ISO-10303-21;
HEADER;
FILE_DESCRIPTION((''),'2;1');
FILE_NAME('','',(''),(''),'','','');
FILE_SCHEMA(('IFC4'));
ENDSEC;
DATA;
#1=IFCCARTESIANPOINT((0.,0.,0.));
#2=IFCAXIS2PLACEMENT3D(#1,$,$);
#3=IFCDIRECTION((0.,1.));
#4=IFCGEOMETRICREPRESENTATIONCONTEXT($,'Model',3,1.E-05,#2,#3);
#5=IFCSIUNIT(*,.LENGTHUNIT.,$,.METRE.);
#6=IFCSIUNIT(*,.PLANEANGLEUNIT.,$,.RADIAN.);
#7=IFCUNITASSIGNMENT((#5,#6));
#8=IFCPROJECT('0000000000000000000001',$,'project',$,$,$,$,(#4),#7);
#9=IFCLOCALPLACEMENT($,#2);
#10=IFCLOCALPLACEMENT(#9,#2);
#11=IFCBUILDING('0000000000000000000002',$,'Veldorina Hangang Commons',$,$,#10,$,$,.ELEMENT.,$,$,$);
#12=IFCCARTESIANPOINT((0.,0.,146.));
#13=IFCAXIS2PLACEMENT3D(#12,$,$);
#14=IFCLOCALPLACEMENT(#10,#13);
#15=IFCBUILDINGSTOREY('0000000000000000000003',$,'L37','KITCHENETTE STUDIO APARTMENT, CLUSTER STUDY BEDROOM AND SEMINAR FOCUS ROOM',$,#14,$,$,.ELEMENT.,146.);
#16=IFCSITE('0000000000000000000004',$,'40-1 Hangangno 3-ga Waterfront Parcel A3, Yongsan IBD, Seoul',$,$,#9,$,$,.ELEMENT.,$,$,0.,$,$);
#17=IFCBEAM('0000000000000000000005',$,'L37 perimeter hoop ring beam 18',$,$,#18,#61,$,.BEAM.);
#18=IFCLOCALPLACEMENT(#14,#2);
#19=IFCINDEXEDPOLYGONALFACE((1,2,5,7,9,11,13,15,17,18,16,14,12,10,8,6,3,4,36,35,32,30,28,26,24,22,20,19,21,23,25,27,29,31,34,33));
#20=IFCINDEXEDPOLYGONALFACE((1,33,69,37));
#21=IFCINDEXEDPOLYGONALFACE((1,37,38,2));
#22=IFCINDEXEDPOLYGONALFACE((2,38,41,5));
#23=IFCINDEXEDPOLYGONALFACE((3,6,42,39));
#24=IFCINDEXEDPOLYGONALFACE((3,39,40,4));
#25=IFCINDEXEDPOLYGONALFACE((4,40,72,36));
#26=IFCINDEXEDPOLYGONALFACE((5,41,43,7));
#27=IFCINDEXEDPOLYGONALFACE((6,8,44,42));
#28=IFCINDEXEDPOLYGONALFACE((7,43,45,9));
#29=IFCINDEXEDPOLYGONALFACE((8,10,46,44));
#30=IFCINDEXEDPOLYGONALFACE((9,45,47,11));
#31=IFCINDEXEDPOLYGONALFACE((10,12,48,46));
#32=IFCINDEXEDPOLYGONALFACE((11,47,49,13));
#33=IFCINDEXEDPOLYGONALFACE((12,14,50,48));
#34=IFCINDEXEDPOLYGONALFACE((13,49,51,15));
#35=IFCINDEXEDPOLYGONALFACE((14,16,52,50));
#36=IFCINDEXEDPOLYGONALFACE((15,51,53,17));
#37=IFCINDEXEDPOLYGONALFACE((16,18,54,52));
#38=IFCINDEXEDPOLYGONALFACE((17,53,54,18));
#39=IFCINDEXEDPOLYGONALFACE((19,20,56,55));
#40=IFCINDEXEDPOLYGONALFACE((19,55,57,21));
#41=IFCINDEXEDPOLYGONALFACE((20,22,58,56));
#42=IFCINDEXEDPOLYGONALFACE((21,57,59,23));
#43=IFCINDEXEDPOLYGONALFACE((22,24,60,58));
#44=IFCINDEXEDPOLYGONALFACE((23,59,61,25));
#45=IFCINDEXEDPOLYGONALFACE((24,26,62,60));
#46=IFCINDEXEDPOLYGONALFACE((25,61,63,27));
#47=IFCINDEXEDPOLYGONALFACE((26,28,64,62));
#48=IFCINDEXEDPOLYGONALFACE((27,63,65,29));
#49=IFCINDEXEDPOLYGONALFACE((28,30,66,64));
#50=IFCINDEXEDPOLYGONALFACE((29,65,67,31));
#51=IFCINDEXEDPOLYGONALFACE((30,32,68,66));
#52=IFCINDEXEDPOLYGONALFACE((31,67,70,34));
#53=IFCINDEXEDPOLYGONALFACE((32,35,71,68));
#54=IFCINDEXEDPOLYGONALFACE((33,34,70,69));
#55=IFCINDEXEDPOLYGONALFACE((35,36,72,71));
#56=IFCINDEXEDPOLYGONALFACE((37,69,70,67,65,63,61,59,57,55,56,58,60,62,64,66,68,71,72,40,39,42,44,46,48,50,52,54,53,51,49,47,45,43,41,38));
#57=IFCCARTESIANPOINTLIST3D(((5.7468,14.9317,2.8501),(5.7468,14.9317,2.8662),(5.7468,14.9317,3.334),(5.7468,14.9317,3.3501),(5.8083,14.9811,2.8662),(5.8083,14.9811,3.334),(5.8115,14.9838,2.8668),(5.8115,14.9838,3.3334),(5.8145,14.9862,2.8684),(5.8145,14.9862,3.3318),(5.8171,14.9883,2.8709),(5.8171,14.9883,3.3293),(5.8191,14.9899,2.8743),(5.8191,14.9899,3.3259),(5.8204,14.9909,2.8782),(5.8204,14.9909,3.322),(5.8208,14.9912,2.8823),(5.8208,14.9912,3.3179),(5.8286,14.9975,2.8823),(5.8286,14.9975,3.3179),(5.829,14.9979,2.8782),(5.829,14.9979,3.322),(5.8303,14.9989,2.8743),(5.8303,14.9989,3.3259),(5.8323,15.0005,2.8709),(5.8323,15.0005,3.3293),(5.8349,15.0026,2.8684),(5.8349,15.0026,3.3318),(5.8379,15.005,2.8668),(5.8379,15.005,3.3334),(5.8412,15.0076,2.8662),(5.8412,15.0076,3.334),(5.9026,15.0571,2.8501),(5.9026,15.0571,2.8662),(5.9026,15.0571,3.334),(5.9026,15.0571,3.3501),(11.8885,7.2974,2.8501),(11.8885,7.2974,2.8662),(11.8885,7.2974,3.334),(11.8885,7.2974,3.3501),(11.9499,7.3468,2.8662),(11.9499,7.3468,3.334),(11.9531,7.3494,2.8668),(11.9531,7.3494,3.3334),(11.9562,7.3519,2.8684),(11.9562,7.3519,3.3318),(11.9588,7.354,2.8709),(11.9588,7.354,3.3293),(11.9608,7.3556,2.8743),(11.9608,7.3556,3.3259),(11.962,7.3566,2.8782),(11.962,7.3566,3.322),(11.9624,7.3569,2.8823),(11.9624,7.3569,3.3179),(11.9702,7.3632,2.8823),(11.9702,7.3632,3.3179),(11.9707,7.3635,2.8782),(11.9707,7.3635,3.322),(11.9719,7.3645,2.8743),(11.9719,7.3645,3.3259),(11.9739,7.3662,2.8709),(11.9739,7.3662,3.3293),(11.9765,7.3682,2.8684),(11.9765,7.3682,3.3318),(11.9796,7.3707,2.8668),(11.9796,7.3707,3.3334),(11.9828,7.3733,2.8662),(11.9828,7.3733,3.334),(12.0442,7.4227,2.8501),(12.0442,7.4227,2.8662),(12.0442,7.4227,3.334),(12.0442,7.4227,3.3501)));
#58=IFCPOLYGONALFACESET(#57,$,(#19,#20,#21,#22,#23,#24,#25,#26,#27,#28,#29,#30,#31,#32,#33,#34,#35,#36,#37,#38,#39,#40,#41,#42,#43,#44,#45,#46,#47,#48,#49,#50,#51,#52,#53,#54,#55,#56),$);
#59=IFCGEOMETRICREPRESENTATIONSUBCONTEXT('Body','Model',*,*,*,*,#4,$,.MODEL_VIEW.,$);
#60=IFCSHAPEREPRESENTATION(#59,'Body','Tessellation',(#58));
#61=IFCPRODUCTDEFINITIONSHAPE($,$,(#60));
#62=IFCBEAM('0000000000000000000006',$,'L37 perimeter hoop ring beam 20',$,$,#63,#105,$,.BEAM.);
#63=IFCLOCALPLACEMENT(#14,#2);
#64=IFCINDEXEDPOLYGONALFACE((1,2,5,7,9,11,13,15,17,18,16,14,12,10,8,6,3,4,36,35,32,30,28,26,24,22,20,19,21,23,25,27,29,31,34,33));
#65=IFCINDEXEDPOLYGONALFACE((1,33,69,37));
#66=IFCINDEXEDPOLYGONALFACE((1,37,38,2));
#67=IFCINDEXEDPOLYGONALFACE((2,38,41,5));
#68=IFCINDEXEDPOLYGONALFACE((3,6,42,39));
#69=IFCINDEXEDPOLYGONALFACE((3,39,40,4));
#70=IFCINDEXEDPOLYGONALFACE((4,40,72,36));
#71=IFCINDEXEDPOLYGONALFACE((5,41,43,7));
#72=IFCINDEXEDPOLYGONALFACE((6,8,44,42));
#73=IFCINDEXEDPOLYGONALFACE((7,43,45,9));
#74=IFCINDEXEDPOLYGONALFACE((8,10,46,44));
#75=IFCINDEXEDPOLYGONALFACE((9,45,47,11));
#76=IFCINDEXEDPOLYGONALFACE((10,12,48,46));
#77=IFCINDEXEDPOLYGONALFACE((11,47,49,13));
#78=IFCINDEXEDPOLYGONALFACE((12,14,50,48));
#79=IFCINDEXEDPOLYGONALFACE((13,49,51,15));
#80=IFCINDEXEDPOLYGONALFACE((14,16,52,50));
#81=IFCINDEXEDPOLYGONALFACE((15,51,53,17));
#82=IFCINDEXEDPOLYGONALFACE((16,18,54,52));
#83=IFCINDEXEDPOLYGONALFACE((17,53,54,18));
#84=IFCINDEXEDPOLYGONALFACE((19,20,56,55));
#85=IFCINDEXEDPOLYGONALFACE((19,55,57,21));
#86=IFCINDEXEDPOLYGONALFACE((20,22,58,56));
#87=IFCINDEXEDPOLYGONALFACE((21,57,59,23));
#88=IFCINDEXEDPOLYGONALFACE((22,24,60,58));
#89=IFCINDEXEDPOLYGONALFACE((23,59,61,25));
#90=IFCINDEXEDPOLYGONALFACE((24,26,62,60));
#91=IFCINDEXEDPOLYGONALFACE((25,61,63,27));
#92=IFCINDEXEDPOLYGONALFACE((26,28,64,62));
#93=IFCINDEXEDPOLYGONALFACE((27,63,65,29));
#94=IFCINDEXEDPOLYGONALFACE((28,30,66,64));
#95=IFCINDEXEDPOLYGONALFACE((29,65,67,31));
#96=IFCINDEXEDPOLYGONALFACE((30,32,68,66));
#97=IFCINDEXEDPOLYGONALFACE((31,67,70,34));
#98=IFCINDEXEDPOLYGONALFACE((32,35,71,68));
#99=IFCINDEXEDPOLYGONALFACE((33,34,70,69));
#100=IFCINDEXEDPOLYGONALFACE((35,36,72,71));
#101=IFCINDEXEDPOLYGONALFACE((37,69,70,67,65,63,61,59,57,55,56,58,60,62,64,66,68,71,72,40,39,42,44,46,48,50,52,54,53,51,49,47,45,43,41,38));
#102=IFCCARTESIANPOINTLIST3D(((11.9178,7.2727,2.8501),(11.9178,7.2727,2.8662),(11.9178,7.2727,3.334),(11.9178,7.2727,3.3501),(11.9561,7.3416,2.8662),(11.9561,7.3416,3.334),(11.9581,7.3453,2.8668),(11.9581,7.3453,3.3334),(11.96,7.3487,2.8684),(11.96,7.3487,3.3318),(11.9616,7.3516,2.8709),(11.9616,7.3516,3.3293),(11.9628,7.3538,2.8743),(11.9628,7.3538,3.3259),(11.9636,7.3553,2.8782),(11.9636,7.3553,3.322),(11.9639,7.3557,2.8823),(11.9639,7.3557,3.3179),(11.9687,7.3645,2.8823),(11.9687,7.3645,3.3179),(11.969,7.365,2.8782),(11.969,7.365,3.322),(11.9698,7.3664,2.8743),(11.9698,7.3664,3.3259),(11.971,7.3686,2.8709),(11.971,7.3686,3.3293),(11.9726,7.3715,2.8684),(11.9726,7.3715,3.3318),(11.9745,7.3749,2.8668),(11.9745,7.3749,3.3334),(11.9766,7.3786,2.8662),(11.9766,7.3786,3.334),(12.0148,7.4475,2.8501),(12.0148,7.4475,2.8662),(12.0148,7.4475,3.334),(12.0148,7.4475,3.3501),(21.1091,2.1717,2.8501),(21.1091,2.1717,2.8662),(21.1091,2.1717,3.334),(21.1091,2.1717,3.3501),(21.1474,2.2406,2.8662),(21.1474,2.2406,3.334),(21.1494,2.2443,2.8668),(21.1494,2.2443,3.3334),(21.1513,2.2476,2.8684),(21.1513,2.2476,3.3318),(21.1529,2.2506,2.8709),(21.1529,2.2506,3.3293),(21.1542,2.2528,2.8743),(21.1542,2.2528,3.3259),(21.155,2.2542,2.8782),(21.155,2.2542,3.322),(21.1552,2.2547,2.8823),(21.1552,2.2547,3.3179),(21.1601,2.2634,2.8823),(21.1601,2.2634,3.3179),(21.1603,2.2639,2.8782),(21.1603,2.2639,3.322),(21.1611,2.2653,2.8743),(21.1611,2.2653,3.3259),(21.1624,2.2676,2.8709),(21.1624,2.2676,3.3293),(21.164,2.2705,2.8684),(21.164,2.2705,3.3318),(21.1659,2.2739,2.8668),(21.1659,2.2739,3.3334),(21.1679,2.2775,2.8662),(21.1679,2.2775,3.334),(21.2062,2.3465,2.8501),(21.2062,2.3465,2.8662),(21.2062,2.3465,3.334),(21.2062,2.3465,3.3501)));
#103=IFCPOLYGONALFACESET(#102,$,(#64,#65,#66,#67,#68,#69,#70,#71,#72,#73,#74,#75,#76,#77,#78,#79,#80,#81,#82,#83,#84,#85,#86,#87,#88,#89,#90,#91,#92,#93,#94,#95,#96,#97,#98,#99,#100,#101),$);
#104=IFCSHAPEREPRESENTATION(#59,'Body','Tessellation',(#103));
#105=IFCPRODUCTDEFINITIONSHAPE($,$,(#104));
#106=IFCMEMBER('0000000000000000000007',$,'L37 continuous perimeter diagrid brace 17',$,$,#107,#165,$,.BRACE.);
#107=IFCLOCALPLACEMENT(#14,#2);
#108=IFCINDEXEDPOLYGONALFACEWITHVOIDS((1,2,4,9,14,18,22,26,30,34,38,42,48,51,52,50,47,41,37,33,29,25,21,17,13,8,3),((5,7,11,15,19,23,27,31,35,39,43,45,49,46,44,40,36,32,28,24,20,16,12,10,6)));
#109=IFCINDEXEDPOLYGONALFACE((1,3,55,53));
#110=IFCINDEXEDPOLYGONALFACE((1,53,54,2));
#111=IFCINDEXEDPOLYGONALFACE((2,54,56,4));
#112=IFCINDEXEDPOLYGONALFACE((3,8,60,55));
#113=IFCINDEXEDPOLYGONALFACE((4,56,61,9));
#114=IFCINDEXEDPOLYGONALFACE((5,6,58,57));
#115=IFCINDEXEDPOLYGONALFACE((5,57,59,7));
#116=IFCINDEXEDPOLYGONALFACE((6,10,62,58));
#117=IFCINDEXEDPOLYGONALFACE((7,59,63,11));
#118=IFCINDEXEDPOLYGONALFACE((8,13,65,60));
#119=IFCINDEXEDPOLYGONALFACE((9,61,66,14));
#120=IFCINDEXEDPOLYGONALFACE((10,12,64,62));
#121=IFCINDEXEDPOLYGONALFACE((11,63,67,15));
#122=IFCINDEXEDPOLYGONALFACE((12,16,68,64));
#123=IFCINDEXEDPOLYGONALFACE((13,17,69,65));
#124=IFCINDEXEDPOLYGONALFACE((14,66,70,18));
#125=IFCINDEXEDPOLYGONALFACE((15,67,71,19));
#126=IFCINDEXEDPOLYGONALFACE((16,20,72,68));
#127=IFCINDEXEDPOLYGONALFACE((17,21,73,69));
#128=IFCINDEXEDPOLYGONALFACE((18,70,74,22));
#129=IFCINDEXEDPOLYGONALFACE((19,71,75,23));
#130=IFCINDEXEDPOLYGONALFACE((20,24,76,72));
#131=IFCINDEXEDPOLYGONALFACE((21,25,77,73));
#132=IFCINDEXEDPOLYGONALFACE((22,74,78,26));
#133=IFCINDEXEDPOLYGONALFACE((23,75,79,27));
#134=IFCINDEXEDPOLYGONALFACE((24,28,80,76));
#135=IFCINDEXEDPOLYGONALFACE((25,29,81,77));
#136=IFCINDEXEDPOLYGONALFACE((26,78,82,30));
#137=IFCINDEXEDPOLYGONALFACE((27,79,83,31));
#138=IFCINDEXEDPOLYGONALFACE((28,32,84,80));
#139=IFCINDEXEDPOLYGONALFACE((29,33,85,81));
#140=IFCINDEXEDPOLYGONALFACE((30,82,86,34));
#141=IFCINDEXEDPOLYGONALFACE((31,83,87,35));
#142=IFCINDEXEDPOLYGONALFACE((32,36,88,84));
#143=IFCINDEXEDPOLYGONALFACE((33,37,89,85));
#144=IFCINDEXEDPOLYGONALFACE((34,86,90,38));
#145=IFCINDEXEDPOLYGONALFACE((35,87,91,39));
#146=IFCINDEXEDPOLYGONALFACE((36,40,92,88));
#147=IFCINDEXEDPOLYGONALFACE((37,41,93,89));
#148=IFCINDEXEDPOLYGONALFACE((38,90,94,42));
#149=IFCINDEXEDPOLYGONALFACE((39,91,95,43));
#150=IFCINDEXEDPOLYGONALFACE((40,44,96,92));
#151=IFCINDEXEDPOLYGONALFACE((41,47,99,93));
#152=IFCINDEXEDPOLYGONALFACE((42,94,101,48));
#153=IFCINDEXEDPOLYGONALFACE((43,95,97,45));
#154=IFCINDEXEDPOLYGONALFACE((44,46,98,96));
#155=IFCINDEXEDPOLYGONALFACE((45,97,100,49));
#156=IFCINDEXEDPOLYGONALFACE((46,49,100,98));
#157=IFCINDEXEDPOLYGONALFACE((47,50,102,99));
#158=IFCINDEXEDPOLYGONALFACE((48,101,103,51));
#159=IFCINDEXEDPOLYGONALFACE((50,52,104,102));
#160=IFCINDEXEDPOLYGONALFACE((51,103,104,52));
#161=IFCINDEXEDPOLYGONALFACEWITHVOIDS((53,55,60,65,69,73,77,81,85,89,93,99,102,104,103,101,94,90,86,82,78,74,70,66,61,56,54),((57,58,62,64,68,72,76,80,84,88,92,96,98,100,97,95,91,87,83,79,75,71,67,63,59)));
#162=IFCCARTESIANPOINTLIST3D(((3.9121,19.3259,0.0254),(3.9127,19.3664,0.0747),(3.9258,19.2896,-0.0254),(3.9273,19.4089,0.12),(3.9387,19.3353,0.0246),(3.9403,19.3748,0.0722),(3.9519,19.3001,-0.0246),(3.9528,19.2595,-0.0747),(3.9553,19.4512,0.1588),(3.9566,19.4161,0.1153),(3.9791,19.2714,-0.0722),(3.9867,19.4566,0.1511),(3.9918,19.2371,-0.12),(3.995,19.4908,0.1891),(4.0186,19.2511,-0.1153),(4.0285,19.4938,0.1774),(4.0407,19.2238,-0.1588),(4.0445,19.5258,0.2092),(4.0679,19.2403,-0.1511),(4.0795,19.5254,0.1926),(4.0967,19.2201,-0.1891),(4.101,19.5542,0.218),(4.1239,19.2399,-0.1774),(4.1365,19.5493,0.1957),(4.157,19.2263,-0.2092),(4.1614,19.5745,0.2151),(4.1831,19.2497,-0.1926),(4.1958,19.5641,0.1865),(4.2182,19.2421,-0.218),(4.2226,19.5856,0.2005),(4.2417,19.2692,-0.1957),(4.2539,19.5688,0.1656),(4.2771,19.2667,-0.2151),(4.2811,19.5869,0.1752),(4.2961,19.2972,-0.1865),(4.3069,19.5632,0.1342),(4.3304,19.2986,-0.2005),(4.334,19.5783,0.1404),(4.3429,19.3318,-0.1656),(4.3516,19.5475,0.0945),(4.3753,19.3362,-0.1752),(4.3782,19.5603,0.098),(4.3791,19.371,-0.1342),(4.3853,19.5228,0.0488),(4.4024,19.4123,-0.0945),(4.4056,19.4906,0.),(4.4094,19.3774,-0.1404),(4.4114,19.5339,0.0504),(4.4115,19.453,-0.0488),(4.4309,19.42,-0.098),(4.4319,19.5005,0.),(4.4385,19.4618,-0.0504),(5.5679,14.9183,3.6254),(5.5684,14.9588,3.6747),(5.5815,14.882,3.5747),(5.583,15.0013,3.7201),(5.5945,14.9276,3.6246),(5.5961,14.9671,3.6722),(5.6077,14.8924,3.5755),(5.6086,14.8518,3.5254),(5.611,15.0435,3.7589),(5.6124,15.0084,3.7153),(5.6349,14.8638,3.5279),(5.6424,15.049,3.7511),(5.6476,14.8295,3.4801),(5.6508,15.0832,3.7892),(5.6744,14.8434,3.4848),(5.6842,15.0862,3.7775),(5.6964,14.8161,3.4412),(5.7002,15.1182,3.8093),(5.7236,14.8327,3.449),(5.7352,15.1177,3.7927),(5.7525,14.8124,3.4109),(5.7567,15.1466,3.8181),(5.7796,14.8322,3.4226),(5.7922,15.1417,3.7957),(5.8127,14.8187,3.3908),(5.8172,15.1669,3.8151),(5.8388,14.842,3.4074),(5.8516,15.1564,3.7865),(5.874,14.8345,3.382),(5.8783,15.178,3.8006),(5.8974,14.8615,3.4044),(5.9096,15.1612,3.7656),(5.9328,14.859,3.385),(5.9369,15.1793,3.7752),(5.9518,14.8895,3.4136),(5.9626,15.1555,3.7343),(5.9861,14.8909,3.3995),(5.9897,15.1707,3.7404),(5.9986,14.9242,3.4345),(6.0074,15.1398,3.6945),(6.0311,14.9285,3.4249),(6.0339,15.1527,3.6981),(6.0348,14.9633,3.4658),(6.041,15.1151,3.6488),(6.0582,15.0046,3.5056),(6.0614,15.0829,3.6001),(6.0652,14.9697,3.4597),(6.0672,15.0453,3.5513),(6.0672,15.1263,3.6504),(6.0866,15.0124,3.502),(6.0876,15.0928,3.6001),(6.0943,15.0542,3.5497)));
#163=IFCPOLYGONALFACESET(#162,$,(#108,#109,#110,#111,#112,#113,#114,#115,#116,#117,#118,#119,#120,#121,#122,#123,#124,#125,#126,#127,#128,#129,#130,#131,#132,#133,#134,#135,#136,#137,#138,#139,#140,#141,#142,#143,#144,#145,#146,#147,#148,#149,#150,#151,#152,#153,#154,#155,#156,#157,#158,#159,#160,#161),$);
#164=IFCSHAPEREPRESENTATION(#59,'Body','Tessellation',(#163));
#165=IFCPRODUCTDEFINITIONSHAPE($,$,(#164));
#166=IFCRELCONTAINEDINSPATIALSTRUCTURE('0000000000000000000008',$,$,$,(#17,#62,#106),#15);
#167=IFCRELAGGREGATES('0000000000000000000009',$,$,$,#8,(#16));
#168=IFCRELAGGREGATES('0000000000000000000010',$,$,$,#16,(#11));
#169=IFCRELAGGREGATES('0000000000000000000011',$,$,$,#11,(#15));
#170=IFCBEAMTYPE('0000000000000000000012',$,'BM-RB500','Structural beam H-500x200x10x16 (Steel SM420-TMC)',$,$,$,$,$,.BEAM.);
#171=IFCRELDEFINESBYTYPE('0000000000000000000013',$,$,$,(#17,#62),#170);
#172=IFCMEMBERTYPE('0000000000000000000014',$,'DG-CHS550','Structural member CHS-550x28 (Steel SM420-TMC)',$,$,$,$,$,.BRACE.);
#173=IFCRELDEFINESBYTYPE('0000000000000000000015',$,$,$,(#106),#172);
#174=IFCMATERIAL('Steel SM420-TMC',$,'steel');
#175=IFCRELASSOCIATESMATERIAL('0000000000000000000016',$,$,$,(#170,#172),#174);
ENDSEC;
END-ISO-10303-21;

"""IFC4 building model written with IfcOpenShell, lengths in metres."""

from ifc_helpers import new_model, si_unit, direction, frame, origin, origin_2d, place, context, subcontext, project, spatial, hollow_circle, i_section, extrude, material, material_profile, profile_set, type_object, element, save


model = new_model("IFC4")

# Units and contexts
model_context = context("Model", 3, precision=1e-05, world=origin(), true_north=direction((0.0, 1.0)))
body_context = subcontext(model_context, "Body", "Model", "MODEL_VIEW")
ifc_project = project(units=[si_unit("LENGTHUNIT", "METRE"), si_unit("PLANEANGLEUNIT", "RADIAN")], contexts=[model_context])

# Site, building, storey
site_placement = place(None, origin())
site = spatial("IfcSite", under=ifc_project, at=site_placement, Name="40-1 Hangangno 3-ga Waterfront Parcel A3, Yongsan IBD, Seoul", CompositionType="ELEMENT", RefElevation=0.0)
building_placement = place(site_placement, origin())
building = spatial("IfcBuilding", under=site, at=building_placement, Name="Veldorina Hangang Commons", CompositionType="ELEMENT")
storey_placement = place(building_placement, frame((0.0, 0.0, 146.0)))
storey = spatial("IfcBuildingStorey", under=building, at=storey_placement, Name="L37", Description="KITCHENETTE STUDIO APARTMENT, CLUSTER STUDY BEDROOM AND SEMINAR FOCUS ROOM", CompositionType="ELEMENT", Elevation=146.0)

# Beams
ifc_material_1 = material(Name="Steel SM420-TMC", Category="steel")
ifc_material_profile_1 = material_profile(ifc_material_1, i_section(OverallWidth=0.2, OverallDepth=0.5, WebThickness=0.01, FlangeThickness=0.0161, FilletRadius=0.0161, at=origin_2d()), Name="H-500x200x10x16")
ifc_profile_set_1 = profile_set([ifc_material_profile_1], Name="Steel SM420-TMC")
beam_type = type_object("IfcBeamType", Name="BM-RB500", Description="Structural beam H-500x200x10x16 (Steel SM420-TMC)", PredefinedType="BEAM", material=ifc_profile_set_1)
beam_1_placement = place(storey_placement, frame((5.8247, 14.9944, 3.1001), z_axis=(0.62682, -0.779164, 0.0), x_axis=(0.779164, 0.62682, 0.0)))
element("IfcBeam", 1, at=beam_1_placement, inside=storey, type_object=beam_type, Name="L37 perimeter hoop ring beam 18", PredefinedType="BEAM", context=body_context, shape_type="SweptSolid", body=[
    extrude(i_section(OverallWidth=0.2, OverallDepth=0.5, WebThickness=0.01, FlangeThickness=0.0161, FilletRadius=0.0161, at=origin_2d()), origin(), (0.0, 0.0, 1.0), 9.7981),
])
beam_2_placement = place(storey_placement, frame((11.9663, 7.3601, 3.1001), z_axis=(0.87437, -0.48526, 0.0), x_axis=(0.48526, 0.87437, 0.0)))
element("IfcBeam", 2, at=beam_2_placement, inside=storey, type_object=beam_type, Name="L37 perimeter hoop ring beam 20", PredefinedType="BEAM", context=body_context, shape_type="SweptSolid", body=[
    extrude(i_section(OverallWidth=0.2, OverallDepth=0.5, WebThickness=0.01, FlangeThickness=0.0161, FilletRadius=0.0161, at=origin_2d()), origin(), (0.0, 0.0, 1.0), 10.512),
])

# Member
ifc_material_profile_2 = material_profile(ifc_material_1, hollow_circle(Radius=0.2749, WallThickness=0.0281, at=origin_2d()), Name="CHS-550x28")
ifc_profile_set_2 = profile_set([ifc_material_profile_2], Name="Steel SM420-TMC")
member_type = type_object("IfcMemberType", Name="DG-CHS550", Description="Structural member CHS-550x28 (Steel SM420-TMC)", PredefinedType="BRACE", material=ifc_profile_set_2)
member_1_placement = place(storey_placement, frame((4.1746, 19.4038, 0.0), z_axis=(0.279356, -0.743658, 0.607399), x_axis=(0.936129, 0.351658, 0.0)))
element("IfcMember", 3, at=member_1_placement, inside=storey, type_object=member_type, Name="L37 continuous perimeter diagrid brace 17", PredefinedType="BRACE", context=body_context, shape_type="SweptSolid", body=[
    extrude(hollow_circle(Radius=0.2749, WallThickness=0.0281, at=origin_2d()), origin(), (0.0, 0.0, 1.0), 5.927),
])

save(model, "model.ifc")
